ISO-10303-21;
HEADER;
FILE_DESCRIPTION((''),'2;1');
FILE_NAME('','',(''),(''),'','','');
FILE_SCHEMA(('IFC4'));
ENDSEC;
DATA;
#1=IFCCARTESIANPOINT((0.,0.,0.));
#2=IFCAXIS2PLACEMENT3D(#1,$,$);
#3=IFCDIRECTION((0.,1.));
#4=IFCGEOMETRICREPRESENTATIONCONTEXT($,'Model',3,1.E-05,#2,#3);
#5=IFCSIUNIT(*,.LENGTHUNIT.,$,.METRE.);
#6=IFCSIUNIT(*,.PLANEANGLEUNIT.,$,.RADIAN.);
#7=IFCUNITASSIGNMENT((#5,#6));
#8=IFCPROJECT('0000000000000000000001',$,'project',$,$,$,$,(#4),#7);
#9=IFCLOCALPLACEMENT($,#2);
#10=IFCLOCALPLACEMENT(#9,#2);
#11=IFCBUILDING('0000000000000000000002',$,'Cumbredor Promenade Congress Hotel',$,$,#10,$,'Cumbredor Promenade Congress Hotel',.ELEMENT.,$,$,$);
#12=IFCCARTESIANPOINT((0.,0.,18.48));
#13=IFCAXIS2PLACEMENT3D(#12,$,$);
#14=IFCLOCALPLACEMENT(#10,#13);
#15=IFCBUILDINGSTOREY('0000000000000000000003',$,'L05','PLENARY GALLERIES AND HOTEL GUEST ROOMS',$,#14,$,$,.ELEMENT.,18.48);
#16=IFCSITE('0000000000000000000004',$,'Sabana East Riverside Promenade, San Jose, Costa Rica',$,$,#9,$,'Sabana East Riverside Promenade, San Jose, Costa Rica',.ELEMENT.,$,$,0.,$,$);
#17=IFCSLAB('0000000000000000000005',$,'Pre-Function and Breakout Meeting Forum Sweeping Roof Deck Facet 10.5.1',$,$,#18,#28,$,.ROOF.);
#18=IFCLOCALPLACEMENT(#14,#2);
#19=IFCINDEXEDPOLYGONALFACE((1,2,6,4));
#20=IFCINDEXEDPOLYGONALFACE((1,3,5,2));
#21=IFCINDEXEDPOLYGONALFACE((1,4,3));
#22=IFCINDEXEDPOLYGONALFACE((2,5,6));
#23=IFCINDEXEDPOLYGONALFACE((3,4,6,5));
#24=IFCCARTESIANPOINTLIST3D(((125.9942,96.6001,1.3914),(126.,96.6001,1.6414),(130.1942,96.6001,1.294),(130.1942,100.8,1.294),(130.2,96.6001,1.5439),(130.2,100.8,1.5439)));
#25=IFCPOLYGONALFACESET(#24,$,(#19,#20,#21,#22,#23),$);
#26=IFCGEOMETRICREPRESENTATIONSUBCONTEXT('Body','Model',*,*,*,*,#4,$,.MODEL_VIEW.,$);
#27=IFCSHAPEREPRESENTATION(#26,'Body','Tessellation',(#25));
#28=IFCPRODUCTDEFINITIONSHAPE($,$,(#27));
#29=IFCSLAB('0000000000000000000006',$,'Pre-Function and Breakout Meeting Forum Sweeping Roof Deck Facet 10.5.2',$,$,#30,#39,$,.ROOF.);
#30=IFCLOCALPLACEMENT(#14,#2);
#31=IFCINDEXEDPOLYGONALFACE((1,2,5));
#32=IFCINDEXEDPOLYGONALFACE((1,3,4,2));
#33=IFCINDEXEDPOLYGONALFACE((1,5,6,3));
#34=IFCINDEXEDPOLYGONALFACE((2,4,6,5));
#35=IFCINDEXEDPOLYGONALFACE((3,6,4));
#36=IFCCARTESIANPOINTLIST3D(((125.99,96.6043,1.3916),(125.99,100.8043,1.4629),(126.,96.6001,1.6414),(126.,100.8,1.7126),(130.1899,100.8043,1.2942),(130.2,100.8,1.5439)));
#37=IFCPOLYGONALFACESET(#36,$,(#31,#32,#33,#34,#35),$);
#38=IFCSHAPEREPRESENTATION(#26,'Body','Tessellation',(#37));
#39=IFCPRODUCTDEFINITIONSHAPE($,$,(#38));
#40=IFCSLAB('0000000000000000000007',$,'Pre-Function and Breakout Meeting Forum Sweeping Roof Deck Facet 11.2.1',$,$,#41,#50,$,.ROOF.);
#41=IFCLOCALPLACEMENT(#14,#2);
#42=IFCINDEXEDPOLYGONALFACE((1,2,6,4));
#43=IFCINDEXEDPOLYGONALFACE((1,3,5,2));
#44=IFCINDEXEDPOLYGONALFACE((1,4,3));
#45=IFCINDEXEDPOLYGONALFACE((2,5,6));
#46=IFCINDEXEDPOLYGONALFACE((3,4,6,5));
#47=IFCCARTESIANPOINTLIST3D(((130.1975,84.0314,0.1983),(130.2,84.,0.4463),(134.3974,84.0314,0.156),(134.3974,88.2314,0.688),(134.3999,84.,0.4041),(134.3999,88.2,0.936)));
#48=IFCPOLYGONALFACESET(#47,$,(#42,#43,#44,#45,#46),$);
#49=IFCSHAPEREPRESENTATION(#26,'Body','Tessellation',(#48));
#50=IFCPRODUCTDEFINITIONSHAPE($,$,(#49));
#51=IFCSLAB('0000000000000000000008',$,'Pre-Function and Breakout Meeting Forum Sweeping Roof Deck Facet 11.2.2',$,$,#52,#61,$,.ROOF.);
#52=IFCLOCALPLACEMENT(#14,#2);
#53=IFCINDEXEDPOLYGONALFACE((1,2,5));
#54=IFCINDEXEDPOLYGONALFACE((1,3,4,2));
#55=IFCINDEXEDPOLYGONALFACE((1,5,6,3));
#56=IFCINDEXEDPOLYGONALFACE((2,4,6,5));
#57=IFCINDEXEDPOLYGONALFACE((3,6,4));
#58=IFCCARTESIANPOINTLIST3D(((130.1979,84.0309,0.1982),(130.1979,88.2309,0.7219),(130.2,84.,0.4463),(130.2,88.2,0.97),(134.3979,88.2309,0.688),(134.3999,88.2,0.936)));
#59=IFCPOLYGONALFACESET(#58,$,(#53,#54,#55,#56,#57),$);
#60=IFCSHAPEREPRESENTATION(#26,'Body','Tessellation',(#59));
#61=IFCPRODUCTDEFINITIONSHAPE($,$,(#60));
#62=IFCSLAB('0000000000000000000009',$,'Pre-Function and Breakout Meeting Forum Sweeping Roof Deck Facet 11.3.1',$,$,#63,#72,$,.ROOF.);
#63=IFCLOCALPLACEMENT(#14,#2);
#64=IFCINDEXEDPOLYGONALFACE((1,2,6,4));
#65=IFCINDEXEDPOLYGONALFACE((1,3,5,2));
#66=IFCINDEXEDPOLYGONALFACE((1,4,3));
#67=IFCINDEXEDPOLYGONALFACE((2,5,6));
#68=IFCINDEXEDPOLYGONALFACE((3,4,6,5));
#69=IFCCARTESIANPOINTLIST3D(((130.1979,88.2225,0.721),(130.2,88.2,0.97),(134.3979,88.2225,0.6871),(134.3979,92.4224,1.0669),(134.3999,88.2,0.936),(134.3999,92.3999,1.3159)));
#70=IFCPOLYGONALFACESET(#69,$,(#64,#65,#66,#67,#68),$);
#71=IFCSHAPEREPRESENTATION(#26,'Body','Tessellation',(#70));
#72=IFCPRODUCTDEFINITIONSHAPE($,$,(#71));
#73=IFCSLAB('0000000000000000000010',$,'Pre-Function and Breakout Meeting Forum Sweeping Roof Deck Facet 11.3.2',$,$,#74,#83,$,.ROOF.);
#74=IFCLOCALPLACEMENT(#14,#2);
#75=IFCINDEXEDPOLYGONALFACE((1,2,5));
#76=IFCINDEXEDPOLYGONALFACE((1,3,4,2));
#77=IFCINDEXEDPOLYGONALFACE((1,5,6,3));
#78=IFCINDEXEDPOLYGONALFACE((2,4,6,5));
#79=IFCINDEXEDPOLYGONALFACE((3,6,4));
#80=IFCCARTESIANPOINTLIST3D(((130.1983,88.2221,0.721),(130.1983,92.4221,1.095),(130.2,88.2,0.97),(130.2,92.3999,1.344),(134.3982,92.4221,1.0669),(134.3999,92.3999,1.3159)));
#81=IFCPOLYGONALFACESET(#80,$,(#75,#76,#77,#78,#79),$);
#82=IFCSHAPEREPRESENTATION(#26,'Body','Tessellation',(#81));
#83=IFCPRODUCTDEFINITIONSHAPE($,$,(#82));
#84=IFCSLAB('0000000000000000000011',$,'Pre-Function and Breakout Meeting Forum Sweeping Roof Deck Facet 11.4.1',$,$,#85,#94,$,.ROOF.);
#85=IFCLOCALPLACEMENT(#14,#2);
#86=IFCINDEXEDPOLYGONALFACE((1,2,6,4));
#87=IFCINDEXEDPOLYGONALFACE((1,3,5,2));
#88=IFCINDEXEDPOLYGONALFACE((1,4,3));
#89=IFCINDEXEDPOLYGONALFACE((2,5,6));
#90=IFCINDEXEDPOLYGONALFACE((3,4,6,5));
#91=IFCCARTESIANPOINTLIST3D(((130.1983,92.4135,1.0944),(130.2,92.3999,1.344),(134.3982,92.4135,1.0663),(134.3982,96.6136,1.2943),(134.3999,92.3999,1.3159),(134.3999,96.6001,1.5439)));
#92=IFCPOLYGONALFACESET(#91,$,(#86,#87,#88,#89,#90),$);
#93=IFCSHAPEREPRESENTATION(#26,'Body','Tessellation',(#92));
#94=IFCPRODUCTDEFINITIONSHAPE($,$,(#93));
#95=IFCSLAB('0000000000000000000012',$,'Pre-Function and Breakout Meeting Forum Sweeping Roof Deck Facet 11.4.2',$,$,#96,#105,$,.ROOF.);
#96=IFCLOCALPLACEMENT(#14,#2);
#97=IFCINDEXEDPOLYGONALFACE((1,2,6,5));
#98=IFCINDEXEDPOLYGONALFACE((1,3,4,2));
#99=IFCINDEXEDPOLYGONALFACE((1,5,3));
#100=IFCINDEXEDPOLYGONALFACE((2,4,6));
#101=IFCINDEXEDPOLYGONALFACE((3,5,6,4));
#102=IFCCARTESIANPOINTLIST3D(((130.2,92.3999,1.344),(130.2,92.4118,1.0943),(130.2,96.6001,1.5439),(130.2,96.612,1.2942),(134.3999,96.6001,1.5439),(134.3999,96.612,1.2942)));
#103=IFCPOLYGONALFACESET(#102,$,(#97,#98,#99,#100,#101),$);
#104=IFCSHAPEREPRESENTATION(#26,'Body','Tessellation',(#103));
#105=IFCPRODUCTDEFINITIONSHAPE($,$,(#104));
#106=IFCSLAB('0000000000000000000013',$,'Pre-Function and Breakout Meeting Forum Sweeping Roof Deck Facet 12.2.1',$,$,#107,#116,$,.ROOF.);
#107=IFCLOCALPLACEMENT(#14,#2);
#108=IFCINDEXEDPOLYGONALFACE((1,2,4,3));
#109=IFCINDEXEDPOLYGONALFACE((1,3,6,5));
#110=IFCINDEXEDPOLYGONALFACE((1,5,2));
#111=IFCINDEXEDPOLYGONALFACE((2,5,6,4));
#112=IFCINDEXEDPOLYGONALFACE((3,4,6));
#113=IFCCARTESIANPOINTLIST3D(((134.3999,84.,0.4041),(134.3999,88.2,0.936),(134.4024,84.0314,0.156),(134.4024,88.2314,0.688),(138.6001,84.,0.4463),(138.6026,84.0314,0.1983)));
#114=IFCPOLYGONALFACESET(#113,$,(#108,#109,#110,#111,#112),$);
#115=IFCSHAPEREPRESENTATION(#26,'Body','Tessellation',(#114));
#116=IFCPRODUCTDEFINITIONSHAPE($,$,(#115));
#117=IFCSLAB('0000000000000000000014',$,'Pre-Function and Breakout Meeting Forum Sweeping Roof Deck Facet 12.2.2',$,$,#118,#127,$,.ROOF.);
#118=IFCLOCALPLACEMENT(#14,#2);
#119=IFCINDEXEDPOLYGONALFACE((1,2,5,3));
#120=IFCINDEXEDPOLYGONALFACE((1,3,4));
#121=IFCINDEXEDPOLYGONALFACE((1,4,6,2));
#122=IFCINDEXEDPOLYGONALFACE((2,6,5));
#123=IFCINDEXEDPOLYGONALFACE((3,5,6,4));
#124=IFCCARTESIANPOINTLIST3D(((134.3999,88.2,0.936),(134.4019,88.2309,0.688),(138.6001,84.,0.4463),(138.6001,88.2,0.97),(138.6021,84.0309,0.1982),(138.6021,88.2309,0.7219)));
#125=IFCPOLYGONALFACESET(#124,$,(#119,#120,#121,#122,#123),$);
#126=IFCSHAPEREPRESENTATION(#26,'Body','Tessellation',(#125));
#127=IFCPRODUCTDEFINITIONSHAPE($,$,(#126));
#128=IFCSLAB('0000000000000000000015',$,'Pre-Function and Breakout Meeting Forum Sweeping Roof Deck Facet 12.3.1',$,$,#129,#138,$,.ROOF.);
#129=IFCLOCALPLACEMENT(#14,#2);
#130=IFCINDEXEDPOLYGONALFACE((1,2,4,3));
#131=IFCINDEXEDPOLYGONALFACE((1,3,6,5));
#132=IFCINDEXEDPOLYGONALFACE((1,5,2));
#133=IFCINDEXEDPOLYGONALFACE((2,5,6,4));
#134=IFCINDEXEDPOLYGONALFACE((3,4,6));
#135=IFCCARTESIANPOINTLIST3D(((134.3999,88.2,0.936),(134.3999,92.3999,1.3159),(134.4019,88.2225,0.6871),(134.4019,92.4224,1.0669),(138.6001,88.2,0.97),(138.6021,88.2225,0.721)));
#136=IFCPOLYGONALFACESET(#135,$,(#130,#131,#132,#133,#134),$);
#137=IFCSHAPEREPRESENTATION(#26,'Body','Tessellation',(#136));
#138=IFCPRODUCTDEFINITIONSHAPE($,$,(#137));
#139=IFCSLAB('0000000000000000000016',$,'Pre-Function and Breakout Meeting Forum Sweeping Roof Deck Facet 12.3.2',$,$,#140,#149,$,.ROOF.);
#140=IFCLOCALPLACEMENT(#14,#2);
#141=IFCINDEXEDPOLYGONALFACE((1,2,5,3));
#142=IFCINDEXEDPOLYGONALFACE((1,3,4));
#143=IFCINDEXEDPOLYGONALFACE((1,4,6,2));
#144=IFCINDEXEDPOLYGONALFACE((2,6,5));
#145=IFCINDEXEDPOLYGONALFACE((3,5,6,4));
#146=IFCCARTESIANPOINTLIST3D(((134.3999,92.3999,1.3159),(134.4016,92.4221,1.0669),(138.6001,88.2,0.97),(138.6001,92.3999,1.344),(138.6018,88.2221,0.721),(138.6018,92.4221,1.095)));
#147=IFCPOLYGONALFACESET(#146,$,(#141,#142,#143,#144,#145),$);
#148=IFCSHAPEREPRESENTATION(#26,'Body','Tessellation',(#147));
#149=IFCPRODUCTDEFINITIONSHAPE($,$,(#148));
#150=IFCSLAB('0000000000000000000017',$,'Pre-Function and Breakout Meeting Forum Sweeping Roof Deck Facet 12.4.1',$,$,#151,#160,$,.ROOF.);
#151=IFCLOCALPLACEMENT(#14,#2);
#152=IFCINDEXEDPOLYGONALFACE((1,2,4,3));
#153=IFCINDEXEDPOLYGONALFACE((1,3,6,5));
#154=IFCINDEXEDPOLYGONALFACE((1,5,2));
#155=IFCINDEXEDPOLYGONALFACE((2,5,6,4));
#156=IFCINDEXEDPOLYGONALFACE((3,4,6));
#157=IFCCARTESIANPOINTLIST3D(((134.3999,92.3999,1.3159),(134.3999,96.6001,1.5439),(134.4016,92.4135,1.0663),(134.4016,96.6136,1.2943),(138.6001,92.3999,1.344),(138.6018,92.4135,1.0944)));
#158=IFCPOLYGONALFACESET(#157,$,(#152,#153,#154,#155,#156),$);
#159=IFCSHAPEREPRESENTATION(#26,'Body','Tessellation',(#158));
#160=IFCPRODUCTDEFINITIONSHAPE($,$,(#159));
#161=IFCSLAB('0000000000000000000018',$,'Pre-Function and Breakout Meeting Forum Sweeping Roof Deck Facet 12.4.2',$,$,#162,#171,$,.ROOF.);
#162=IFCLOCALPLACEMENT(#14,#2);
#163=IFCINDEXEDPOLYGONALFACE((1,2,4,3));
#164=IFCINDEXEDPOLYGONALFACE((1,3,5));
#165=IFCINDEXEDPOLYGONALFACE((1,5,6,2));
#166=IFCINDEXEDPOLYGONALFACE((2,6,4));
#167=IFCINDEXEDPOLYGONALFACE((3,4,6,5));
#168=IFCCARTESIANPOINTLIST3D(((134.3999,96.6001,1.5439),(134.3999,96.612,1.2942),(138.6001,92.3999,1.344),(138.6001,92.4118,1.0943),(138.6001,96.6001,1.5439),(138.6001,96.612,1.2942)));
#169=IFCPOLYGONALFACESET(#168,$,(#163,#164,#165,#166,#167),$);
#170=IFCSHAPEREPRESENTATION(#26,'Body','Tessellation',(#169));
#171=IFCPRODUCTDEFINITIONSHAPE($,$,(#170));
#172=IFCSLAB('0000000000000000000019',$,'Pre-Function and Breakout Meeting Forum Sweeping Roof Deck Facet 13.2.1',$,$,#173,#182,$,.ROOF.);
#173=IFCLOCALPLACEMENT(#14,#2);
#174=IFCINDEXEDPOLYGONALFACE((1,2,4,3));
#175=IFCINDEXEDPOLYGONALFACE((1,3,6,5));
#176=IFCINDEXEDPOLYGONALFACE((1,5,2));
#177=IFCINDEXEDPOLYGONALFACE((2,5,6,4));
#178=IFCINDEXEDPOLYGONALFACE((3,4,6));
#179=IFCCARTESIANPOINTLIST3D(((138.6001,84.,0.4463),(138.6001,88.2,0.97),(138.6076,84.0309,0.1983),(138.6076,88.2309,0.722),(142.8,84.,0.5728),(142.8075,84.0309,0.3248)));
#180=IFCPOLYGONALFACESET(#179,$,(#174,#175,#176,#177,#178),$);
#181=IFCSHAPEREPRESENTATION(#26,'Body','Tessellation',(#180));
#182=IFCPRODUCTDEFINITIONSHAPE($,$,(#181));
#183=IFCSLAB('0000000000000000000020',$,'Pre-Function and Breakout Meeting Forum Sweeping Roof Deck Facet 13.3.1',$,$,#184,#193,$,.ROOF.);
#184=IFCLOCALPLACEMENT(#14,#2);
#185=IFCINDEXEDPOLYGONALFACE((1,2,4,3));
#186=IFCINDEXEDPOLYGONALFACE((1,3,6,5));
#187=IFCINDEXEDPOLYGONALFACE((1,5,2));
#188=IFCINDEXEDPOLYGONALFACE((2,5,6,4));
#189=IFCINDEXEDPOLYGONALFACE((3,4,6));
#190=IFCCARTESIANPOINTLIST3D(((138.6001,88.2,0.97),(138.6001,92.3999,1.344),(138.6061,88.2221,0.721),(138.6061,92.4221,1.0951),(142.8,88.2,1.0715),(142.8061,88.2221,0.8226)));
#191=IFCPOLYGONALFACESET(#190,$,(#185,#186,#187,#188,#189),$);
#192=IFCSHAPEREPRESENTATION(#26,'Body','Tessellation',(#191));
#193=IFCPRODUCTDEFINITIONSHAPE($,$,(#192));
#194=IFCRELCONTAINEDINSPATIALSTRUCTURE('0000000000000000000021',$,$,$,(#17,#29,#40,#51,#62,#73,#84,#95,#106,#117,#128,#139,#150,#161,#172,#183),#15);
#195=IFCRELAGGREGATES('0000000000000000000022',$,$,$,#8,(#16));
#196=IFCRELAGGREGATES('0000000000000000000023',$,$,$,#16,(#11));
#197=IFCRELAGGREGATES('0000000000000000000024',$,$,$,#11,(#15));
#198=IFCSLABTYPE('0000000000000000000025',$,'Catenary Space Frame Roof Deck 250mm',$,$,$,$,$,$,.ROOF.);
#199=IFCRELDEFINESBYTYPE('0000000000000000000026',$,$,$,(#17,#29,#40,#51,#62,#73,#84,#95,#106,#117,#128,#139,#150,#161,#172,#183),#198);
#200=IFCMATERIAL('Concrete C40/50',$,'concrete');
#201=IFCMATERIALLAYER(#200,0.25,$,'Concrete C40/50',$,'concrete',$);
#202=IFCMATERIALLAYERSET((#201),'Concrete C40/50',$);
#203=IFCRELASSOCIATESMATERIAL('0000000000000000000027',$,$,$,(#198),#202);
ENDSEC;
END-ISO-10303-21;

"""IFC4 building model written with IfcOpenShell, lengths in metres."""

from ifc_helpers import new_model, si_unit, direction, frame, origin, place, context, subcontext, project, spatial, polyline, outline, extrude, material, layer, layer_set, type_object, element, save


model = new_model("IFC4")

# Units and contexts
model_context = context("Model", 3, precision=1e-05, world=origin(), true_north=direction((0.0, 1.0)))
body_context = subcontext(model_context, "Body", "Model", "MODEL_VIEW")
ifc_project = project(units=[si_unit("LENGTHUNIT", "METRE"), si_unit("PLANEANGLEUNIT", "RADIAN")], contexts=[model_context])

# Site, building, storey
site_placement = place(None, origin())
site = spatial("IfcSite", under=ifc_project, at=site_placement, Name="Sabana East Riverside Promenade, San Jose, Costa Rica", LongName="Sabana East Riverside Promenade, San Jose, Costa Rica", CompositionType="ELEMENT", RefElevation=0.0)
building_placement = place(site_placement, origin())
building = spatial("IfcBuilding", under=site, at=building_placement, Name="Cumbredor Promenade Congress Hotel", LongName="Cumbredor Promenade Congress Hotel", CompositionType="ELEMENT")
storey_placement = place(building_placement, frame((0.0, 0.0, 18.48)))
storey = spatial("IfcBuildingStorey", under=building, at=storey_placement, Name="L05", Description="PLENARY GALLERIES AND HOTEL GUEST ROOMS", CompositionType="ELEMENT", Elevation=18.48)

# Slabs
ifc_material_1 = material(Name="Concrete C40/50", Category="concrete")
ifc_layer_1 = layer(ifc_material_1, 0.25, Name="Concrete C40/50", Category="concrete")
ifc_layer_set_1 = layer_set([ifc_layer_1], Name="Concrete C40/50")
slab_type = type_object("IfcSlabType", Name="Catenary Space Frame Roof Deck 250mm", PredefinedType="ROOF", material=ifc_layer_set_1)
slab_1_placement = place(storey_placement, frame((126.0, 96.6001, 1.6414), z_axis=(0.023187, 0.0, 0.999731), x_axis=(0.999731, 0.0, -0.023187)))
element("IfcSlab", 1, at=slab_1_placement, inside=storey, type_object=slab_type, Name="Pre-Function and Breakout Meeting Forum Sweeping Roof Deck Facet 10.5.1", PredefinedType="ROOF", context=body_context, shape_type="SweptSolid", body=[
    extrude(outline(polyline([(0.0, 0.0), (4.2011, 0.0), (4.2011, 4.2), (0.0, 0.0)])), origin(), (0.0, 0.0, -1.0), 0.25),
])
slab_2_placement = place(storey_placement, frame((126.0, 96.6001, 1.6414), z_axis=(0.040129, -0.016958, 0.999051), x_axis=(0.707012, 0.707012, -0.016398)))
element("IfcSlab", 2, at=slab_2_placement, inside=storey, type_object=slab_type, Name="Pre-Function and Breakout Meeting Forum Sweeping Roof Deck Facet 10.5.2", PredefinedType="ROOF", context=body_context, shape_type="SweptSolid", body=[
    extrude(outline(polyline([(0.0, 0.0), (5.9404, 0.0), (2.9682, 2.9722), (0.0, 0.0)])), origin(), (0.0, 0.0, -1.0), 0.25),
])
slab_3_placement = place(storey_placement, frame((130.2, 84.0, 0.4463), z_axis=(0.009976, -0.125654, 0.992024), x_axis=(0.999949, 0.0, -0.010056)))
element("IfcSlab", 3, at=slab_3_placement, inside=storey, type_object=slab_type, Name="Pre-Function and Breakout Meeting Forum Sweeping Roof Deck Facet 11.2.1", PredefinedType="ROOF", context=body_context, shape_type="SweptSolid", body=[
    extrude(outline(polyline([(0.0, 0.0), (4.2002, 0.0), (4.1948, 4.2335), (0.0, 0.0)])), origin(), (0.0, 0.0, -1.0), 0.25),
])
slab_4_placement = place(storey_placement, frame((130.2, 84.0, 0.4463), z_axis=(0.008018, -0.123725, 0.992284), x_axis=(0.704715, 0.704715, 0.082175)))
element("IfcSlab", 4, at=slab_4_placement, inside=storey, type_object=slab_type, Name="Pre-Function and Breakout Meeting Forum Sweeping Roof Deck Facet 11.2.2", PredefinedType="ROOF", context=body_context, shape_type="SweptSolid", body=[
    extrude(outline(polyline([(0.0, 0.0), (5.9598, 0.0), (3.0028, 2.9828), (0.0, 0.0)])), origin(), (0.0, 0.0, -1.0), 0.25),
])
slab_5_placement = place(storey_placement, frame((130.2, 88.2, 0.97), z_axis=(0.008047, -0.090079, 0.995902), x_axis=(0.999967, 0.0, -0.00808)))
element("IfcSlab", 5, at=slab_5_placement, inside=storey, type_object=slab_type, Name="Pre-Function and Breakout Meeting Forum Sweeping Roof Deck Facet 11.3.1", PredefinedType="ROOF", context=body_context, shape_type="SweptSolid", body=[
    extrude(outline(polyline([(0.0, 0.0), (4.2001, 0.0), (4.197, 4.2171), (0.0, 0.0)])), origin(), (0.0, 0.0, -1.0), 0.25),
])
slab_6_placement = place(storey_placement, frame((130.2, 88.2, 0.97), z_axis=(0.006658, -0.088701, 0.996036), x_axis=(0.70591, 0.70591, 0.058145)))
element("IfcSlab", 6, at=slab_6_placement, inside=storey, type_object=slab_type, Name="Pre-Function and Breakout Meeting Forum Sweeping Roof Deck Facet 11.3.2", PredefinedType="ROOF", context=body_context, shape_type="SweptSolid", body=[
    extrude(outline(polyline([(0.0, 0.0), (5.9497, 0.0), (2.9865, 2.9766), (0.0, 0.0)])), origin(), (0.0, 0.0, -1.0), 0.25),
])
slab_7_placement = place(storey_placement, frame((130.2, 92.3999, 1.344), z_axis=(0.006675, -0.054209, 0.998507), x_axis=(0.999978, 0.0, -0.006685)))
element("IfcSlab", 7, at=slab_7_placement, inside=storey, type_object=slab_type, Name="Pre-Function and Breakout Meeting Forum Sweeping Roof Deck Facet 11.4.1", PredefinedType="ROOF", context=body_context, shape_type="SweptSolid", body=[
    extrude(outline(polyline([(0.0, 0.0), (4.2, 0.0), (4.1985, 4.2064), (0.0, 0.0)])), origin(), (0.0, 0.0, -1.0), 0.25),
])
slab_8_placement = place(storey_placement, frame((130.2, 92.3999, 1.344), z_axis=(0.0, -0.047551, 0.998869), x_axis=(0.706686, 0.706727, 0.033644)))
element("IfcSlab", 8, at=slab_8_placement, inside=storey, type_object=slab_type, Name="Pre-Function and Breakout Meeting Forum Sweeping Roof Deck Facet 11.4.2", PredefinedType="ROOF", context=body_context, shape_type="SweptSolid", body=[
    extrude(outline(polyline([(0.0, 0.0), (5.9432, 0.0), (2.9751, 2.9716), (0.0, 0.0)])), origin(), (0.0, 0.0, -1.0), 0.25),
])
slab_9_placement = place(storey_placement, frame((134.3999, 84.0, 0.4041), z_axis=(-0.009976, -0.125654, 0.992024), x_axis=(0.999949, 0.0, 0.010055)))
element("IfcSlab", 9, at=slab_9_placement, inside=storey, type_object=slab_type, Name="Pre-Function and Breakout Meeting Forum Sweeping Roof Deck Facet 12.2.1", PredefinedType="ROOF", context=body_context, shape_type="SweptSolid", body=[
    extrude(outline(polyline([(0.0, 0.0), (4.2004, 0.0), (0.0053, 4.2335), (0.0, 0.0)])), origin(), (0.0, 0.0, -1.0), 0.25),
])
slab_10_placement = place(storey_placement, frame((138.6001, 84.0, 0.4463), z_axis=(-0.008017, -0.123725, 0.992284), x_axis=(0.0, 0.992316, 0.123729)))
element("IfcSlab", 10, at=slab_10_placement, inside=storey, type_object=slab_type, Name="Pre-Function and Breakout Meeting Forum Sweeping Roof Deck Facet 12.2.2", PredefinedType="ROOF", context=body_context, shape_type="SweptSolid", body=[
    extrude(outline(polyline([(0.0, 0.0), (4.2325, 0.0), (4.2283, 4.2003), (0.0, 0.0)])), origin(), (0.0, 0.0, -1.0), 0.25),
])
slab_11_placement = place(storey_placement, frame((134.3999, 88.2, 0.936), z_axis=(-0.008046, -0.090079, 0.995902), x_axis=(0.999967, 0.0, 0.008079)))
element("IfcSlab", 11, at=slab_11_placement, inside=storey, type_object=slab_type, Name="Pre-Function and Breakout Meeting Forum Sweeping Roof Deck Facet 12.3.1", PredefinedType="ROOF", context=body_context, shape_type="SweptSolid", body=[
    extrude(outline(polyline([(0.0, 0.0), (4.2003, 0.0), (0.0031, 4.2171), (0.0, 0.0)])), origin(), (0.0, 0.0, -1.0), 0.25),
])
slab_12_placement = place(storey_placement, frame((138.6001, 88.2, 0.97), z_axis=(-0.006658, -0.088701, 0.996036), x_axis=(0.0, 0.996058, 0.088703)))
element("IfcSlab", 12, at=slab_12_placement, inside=storey, type_object=slab_type, Name="Pre-Function and Breakout Meeting Forum Sweeping Roof Deck Facet 12.3.2", PredefinedType="ROOF", context=body_context, shape_type="SweptSolid", body=[
    extrude(outline(polyline([(0.0, 0.0), (4.2166, 0.0), (4.2141, 4.2003), (0.0, 0.0)])), origin(), (0.0, 0.0, -1.0), 0.25),
])
slab_13_placement = place(storey_placement, frame((134.3999, 92.3999, 1.3159), z_axis=(-0.006675, -0.054209, 0.998507), x_axis=(0.999978, 0.0, 0.006684)))
element("IfcSlab", 13, at=slab_13_placement, inside=storey, type_object=slab_type, Name="Pre-Function and Breakout Meeting Forum Sweeping Roof Deck Facet 12.4.1", PredefinedType="ROOF", context=body_context, shape_type="SweptSolid", body=[
    extrude(outline(polyline([(0.0, 0.0), (4.2003, 0.0), (0.0015, 4.2064), (0.0, 0.0)])), origin(), (0.0, 0.0, -1.0), 0.25),
])
slab_14_placement = place(storey_placement, frame((138.6001, 92.3999, 1.344), z_axis=(0.0, -0.047551, 0.998869), x_axis=(0.0, 0.998869, 0.047551)))
element("IfcSlab", 14, at=slab_14_placement, inside=storey, type_object=slab_type, Name="Pre-Function and Breakout Meeting Forum Sweeping Roof Deck Facet 12.4.2", PredefinedType="ROOF", context=body_context, shape_type="SweptSolid", body=[
    extrude(outline(polyline([(0.0, 0.0), (4.205, 0.0), (4.205, 4.2002), (0.0, 0.0)])), origin(), (0.0, 0.0, -1.0), 0.25),
])
slab_15_placement = place(storey_placement, frame((138.6001, 84.0, 0.4463), z_axis=(-0.029866, -0.123674, 0.991873), x_axis=(0.999547, 0.0, 0.030097)))
element("IfcSlab", 15, at=slab_15_placement, inside=storey, type_object=slab_type, Name="Pre-Function and Breakout Meeting Forum Sweeping Roof Deck Facet 13.2.1", PredefinedType="ROOF", context=body_context, shape_type="SweptSolid", body=[
    extrude(outline(polyline([(0.0, 0.0), (4.2019, 0.0), (0.0158, 4.2324), (0.0, 0.0)])), origin(), (0.0, 0.0, -1.0), 0.25),
])
slab_16_placement = place(storey_placement, frame((138.6001, 88.2, 0.97), z_axis=(-0.02408, -0.088677, 0.995769), x_axis=(0.999708, 0.0, 0.024175)))
element("IfcSlab", 16, at=slab_16_placement, inside=storey, type_object=slab_type, Name="Pre-Function and Breakout Meeting Forum Sweeping Roof Deck Facet 13.3.1", PredefinedType="ROOF", context=body_context, shape_type="SweptSolid", body=[
    extrude(outline(polyline([(0.0, 0.0), (4.2012, 0.0), (0.009, 4.2166), (0.0, 0.0)])), origin(), (0.0, 0.0, -1.0), 0.25),
])

save(model, "model.ifc")
